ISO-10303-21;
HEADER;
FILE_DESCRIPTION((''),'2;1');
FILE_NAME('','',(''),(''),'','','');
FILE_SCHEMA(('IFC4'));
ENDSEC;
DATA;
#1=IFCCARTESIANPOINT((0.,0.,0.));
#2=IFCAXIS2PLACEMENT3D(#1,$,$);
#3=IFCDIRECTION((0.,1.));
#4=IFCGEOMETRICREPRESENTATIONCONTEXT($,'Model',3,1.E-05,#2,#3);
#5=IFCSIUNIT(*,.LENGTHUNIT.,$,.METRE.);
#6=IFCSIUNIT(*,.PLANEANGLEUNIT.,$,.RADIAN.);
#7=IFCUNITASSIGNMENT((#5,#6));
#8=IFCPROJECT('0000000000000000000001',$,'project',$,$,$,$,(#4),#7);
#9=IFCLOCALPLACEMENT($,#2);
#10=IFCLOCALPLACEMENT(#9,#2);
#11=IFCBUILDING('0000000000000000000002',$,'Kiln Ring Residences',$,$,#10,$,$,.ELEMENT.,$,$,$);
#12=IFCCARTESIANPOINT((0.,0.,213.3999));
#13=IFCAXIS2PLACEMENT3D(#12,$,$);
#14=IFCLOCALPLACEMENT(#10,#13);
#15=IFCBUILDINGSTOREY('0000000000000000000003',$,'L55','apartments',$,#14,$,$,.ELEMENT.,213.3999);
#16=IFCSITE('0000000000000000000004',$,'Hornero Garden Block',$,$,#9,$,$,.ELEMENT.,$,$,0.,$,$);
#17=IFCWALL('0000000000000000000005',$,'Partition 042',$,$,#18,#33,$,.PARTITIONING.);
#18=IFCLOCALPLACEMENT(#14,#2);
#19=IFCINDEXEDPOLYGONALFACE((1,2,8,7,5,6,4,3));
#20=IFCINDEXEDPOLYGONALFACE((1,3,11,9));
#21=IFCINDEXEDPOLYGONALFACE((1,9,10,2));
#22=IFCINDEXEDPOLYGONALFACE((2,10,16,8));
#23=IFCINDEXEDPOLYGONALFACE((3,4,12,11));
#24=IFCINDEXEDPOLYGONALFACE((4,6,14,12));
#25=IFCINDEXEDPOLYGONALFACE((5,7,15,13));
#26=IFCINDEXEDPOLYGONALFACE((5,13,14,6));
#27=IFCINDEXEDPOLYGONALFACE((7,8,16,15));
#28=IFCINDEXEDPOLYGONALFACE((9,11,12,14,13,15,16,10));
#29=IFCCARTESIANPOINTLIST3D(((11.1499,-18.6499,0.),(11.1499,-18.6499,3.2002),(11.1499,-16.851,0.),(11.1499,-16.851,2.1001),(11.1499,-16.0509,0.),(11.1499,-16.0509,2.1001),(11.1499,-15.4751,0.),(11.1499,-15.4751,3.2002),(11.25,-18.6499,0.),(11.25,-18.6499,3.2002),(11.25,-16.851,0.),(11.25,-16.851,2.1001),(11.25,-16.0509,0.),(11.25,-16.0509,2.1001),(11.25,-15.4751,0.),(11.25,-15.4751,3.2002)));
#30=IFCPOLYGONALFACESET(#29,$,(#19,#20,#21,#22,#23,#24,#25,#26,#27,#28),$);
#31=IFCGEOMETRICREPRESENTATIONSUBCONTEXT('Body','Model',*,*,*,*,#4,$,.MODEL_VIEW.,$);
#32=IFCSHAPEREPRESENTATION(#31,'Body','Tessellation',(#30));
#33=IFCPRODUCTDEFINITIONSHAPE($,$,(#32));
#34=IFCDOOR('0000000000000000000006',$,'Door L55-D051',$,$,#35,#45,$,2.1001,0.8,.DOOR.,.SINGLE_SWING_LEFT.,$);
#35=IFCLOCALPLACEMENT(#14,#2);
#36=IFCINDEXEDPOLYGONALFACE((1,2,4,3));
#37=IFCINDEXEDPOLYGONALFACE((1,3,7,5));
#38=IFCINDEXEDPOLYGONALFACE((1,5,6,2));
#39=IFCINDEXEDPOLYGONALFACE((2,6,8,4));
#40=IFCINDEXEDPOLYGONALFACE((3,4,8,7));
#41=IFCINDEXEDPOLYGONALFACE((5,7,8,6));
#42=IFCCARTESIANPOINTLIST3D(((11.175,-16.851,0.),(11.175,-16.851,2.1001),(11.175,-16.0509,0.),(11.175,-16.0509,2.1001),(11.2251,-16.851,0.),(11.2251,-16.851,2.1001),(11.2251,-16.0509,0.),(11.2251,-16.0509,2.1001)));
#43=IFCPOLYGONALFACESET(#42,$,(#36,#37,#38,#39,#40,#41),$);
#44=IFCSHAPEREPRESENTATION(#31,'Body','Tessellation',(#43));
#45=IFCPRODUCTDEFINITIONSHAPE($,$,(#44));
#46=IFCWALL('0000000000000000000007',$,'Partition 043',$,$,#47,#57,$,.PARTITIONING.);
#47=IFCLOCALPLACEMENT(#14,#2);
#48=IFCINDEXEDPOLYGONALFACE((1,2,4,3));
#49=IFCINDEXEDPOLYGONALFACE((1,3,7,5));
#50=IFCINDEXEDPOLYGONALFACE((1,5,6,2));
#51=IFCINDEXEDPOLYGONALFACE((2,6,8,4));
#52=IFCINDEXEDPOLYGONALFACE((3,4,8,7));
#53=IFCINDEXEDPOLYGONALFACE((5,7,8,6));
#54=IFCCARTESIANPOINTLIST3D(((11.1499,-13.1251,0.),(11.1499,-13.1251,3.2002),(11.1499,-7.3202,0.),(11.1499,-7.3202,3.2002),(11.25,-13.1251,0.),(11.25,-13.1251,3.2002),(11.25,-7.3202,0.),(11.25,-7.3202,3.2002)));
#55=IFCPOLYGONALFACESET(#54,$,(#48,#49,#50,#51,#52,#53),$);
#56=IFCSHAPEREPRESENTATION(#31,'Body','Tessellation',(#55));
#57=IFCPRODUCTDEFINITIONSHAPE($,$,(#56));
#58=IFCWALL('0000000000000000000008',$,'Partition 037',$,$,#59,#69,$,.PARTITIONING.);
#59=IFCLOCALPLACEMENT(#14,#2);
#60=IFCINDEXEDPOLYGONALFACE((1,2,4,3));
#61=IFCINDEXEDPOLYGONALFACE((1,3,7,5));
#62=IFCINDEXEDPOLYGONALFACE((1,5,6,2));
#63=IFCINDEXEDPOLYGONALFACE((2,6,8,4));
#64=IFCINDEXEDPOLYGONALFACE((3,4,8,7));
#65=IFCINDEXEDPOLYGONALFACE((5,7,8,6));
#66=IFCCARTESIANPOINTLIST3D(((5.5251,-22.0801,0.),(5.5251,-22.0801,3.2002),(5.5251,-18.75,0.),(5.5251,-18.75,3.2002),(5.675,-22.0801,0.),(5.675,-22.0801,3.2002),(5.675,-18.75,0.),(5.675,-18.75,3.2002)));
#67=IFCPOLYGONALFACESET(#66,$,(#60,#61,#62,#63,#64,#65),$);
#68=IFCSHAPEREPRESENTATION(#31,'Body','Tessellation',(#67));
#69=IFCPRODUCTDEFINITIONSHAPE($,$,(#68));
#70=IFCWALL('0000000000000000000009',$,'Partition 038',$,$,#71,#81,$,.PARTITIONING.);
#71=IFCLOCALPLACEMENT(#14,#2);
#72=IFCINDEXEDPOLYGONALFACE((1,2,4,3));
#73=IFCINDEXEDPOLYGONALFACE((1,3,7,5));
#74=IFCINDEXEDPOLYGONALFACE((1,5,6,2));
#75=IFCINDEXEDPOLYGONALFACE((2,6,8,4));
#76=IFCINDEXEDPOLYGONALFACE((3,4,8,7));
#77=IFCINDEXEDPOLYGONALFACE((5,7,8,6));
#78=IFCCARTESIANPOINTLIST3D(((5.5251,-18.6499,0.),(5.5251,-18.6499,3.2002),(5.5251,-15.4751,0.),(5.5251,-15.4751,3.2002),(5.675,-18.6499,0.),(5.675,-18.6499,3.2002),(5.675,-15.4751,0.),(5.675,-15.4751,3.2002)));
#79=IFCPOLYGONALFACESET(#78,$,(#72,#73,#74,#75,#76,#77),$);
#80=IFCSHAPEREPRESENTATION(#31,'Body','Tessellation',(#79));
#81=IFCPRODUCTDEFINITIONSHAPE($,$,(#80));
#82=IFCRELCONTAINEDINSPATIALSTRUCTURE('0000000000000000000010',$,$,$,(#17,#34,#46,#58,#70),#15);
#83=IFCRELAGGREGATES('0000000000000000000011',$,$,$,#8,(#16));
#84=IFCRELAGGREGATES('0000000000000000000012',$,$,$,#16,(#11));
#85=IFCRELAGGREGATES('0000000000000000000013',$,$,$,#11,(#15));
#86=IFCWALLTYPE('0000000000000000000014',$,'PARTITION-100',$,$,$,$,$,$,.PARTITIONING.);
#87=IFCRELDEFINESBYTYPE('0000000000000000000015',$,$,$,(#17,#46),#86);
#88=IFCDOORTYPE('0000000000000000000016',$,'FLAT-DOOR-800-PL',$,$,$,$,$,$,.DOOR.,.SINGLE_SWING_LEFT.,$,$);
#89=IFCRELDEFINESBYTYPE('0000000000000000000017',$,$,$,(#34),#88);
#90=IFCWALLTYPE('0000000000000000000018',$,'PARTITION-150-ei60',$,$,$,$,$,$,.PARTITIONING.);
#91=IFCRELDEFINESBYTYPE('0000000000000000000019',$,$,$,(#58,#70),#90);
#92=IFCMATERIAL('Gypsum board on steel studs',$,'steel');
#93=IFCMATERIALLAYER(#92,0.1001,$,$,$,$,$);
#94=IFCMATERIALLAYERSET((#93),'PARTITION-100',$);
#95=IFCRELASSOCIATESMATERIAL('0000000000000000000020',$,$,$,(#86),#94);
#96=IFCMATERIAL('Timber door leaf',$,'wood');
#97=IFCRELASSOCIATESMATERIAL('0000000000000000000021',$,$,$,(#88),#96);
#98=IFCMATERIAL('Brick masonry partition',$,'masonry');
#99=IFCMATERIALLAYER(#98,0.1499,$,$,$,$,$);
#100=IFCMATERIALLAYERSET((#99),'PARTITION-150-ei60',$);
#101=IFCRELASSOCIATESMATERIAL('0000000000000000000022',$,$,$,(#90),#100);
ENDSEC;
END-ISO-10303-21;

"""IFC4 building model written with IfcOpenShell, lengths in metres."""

from ifc_helpers import new_model, si_unit, direction, frame, frame_2d, origin, place, context, subcontext, project, spatial, rectangle, extrude, material, layer, layer_set, type_object, element, fill, save


model = new_model("IFC4")

# Units and contexts
model_context = context("Model", 3, precision=1e-05, world=origin(), true_north=direction((0.0, 1.0)))
body_context = subcontext(model_context, "Body", "Model", "MODEL_VIEW")
ifc_project = project(units=[si_unit("LENGTHUNIT", "METRE"), si_unit("PLANEANGLEUNIT", "RADIAN")], contexts=[model_context])

# Site, building, storey
site_placement = place(None, origin())
site = spatial("IfcSite", under=ifc_project, at=site_placement, Name="Hornero Garden Block", CompositionType="ELEMENT", RefElevation=0.0)
building_placement = place(site_placement, origin())
building = spatial("IfcBuilding", under=site, at=building_placement, Name="Kiln Ring Residences", CompositionType="ELEMENT")
storey_placement = place(building_placement, frame((0.0, 0.0, 213.3999)))
storey = spatial("IfcBuildingStorey", under=building, at=storey_placement, Name="L55", Description="apartments", CompositionType="ELEMENT", Elevation=213.3999)

# Shared definitions
ifc_material_1 = material(Name="Gypsum board on steel studs", Category="steel")
ifc_layer_1 = layer(ifc_material_1, 0.1001)
ifc_layer_set_1 = layer_set([ifc_layer_1], Name="PARTITION-100")
wall_type_1 = type_object("IfcWallType", Name="PARTITION-100", PredefinedType="PARTITIONING", material=ifc_layer_set_1)

# Wall, opening, door
wall_1_placement = place(storey_placement, frame((11.2, -18.6499, 0.0), z_axis=(0.0, 0.0, 1.0), x_axis=(0.0, 1.0, 0.0)))
wall_1 = element("IfcWall", 1, at=wall_1_placement, inside=storey, type_object=wall_type_1, Name="Partition 042", PredefinedType="PARTITIONING", context=body_context, shape_type="SweptSolid", body=[
    extrude(rectangle(XDim=3.1748, YDim=0.1001, at=frame_2d((1.5874, 0.0))), origin(), (0.0, 0.0, 1.0), 3.2002),
])
opening_1_placement = place(wall_1_placement, frame((1.7991, 0.0, 0.0)))
opening_1 = element("IfcOpeningElement", 2, at=opening_1_placement, cuts=wall_1, PredefinedType="OPENING", context=body_context, shape_type="SweptSolid", body=[
    extrude(rectangle(XDim=0.8, YDim=2.1001, at=frame_2d((0.3999, 1.05))), frame((0.0, 0.0601, 0.0), z_axis=(0.0, -1.0, 0.0), x_axis=(1.0, 0.0, 0.0)), (0.0, 0.0, 1.0), 0.1201),
])
ifc_material_2 = material(Name="Timber door leaf", Category="wood")
door_type_1 = type_object("IfcDoorType", Name="FLAT-DOOR-800-PL", OperationType="SINGLE_SWING_LEFT", PredefinedType="DOOR", material=ifc_material_2)
door_1_placement = place(opening_1_placement, origin())
door_1 = element("IfcDoor", 3, at=door_1_placement, inside=storey, type_object=door_type_1, Name="Door L55-D051", OperationType="SINGLE_SWING_LEFT", OverallHeight=2.1001, OverallWidth=0.8, PredefinedType="DOOR", context=body_context, shape_type="SweptSolid", body=[
    extrude(rectangle(XDim=0.8, YDim=2.1001, at=frame_2d((0.3999, 1.05))), frame((0.0, 0.0249, 0.0), z_axis=(0.0, -1.0, 0.0), x_axis=(1.0, 0.0, 0.0)), (0.0, 0.0, 1.0), 0.05),
])
fill(opening_1, door_1)

# Walls
wall_2_placement = place(storey_placement, frame((11.2, -13.125, 0.0), z_axis=(0.0, 0.0, 1.0), x_axis=(0.0, 1.0, 0.0)))
element("IfcWall", 4, at=wall_2_placement, inside=storey, type_object=wall_type_1, Name="Partition 043", PredefinedType="PARTITIONING", context=body_context, shape_type="SweptSolid", body=[
    extrude(rectangle(XDim=5.8049, YDim=0.1001, at=frame_2d((2.9023, 0.0))), origin(), (0.0, 0.0, 1.0), 3.2002),
])
ifc_material_3 = material(Name="Brick masonry partition", Category="masonry")
ifc_layer_2 = layer(ifc_material_3, 0.1499)
ifc_layer_set_2 = layer_set([ifc_layer_2], Name="PARTITION-150-ei60")
wall_type_2 = type_object("IfcWallType", Name="PARTITION-150-ei60", PredefinedType="PARTITIONING", material=ifc_layer_set_2)
wall_3_placement = place(storey_placement, frame((5.6001, -22.0801, 0.0), z_axis=(0.0, 0.0, 1.0), x_axis=(0.0, 1.0, 0.0)))
element("IfcWall", 5, at=wall_3_placement, inside=storey, type_object=wall_type_2, Name="Partition 037", PredefinedType="PARTITIONING", context=body_context, shape_type="SweptSolid", body=[
    extrude(rectangle(XDim=3.3301, YDim=0.1499, at=frame_2d((1.665, 0.0))), origin(), (0.0, 0.0, 1.0), 3.2002),
])
wall_4_placement = place(storey_placement, frame((5.6001, -18.6499, 0.0), z_axis=(0.0, 0.0, 1.0), x_axis=(0.0, 1.0, 0.0)))
element("IfcWall", 6, at=wall_4_placement, inside=storey, type_object=wall_type_2, Name="Partition 038", PredefinedType="PARTITIONING", context=body_context, shape_type="SweptSolid", body=[
    extrude(rectangle(XDim=3.1748, YDim=0.1499, at=frame_2d((1.5874, 0.0))), origin(), (0.0, 0.0, 1.0), 3.2002),
])

save(model, "model.ifc")
